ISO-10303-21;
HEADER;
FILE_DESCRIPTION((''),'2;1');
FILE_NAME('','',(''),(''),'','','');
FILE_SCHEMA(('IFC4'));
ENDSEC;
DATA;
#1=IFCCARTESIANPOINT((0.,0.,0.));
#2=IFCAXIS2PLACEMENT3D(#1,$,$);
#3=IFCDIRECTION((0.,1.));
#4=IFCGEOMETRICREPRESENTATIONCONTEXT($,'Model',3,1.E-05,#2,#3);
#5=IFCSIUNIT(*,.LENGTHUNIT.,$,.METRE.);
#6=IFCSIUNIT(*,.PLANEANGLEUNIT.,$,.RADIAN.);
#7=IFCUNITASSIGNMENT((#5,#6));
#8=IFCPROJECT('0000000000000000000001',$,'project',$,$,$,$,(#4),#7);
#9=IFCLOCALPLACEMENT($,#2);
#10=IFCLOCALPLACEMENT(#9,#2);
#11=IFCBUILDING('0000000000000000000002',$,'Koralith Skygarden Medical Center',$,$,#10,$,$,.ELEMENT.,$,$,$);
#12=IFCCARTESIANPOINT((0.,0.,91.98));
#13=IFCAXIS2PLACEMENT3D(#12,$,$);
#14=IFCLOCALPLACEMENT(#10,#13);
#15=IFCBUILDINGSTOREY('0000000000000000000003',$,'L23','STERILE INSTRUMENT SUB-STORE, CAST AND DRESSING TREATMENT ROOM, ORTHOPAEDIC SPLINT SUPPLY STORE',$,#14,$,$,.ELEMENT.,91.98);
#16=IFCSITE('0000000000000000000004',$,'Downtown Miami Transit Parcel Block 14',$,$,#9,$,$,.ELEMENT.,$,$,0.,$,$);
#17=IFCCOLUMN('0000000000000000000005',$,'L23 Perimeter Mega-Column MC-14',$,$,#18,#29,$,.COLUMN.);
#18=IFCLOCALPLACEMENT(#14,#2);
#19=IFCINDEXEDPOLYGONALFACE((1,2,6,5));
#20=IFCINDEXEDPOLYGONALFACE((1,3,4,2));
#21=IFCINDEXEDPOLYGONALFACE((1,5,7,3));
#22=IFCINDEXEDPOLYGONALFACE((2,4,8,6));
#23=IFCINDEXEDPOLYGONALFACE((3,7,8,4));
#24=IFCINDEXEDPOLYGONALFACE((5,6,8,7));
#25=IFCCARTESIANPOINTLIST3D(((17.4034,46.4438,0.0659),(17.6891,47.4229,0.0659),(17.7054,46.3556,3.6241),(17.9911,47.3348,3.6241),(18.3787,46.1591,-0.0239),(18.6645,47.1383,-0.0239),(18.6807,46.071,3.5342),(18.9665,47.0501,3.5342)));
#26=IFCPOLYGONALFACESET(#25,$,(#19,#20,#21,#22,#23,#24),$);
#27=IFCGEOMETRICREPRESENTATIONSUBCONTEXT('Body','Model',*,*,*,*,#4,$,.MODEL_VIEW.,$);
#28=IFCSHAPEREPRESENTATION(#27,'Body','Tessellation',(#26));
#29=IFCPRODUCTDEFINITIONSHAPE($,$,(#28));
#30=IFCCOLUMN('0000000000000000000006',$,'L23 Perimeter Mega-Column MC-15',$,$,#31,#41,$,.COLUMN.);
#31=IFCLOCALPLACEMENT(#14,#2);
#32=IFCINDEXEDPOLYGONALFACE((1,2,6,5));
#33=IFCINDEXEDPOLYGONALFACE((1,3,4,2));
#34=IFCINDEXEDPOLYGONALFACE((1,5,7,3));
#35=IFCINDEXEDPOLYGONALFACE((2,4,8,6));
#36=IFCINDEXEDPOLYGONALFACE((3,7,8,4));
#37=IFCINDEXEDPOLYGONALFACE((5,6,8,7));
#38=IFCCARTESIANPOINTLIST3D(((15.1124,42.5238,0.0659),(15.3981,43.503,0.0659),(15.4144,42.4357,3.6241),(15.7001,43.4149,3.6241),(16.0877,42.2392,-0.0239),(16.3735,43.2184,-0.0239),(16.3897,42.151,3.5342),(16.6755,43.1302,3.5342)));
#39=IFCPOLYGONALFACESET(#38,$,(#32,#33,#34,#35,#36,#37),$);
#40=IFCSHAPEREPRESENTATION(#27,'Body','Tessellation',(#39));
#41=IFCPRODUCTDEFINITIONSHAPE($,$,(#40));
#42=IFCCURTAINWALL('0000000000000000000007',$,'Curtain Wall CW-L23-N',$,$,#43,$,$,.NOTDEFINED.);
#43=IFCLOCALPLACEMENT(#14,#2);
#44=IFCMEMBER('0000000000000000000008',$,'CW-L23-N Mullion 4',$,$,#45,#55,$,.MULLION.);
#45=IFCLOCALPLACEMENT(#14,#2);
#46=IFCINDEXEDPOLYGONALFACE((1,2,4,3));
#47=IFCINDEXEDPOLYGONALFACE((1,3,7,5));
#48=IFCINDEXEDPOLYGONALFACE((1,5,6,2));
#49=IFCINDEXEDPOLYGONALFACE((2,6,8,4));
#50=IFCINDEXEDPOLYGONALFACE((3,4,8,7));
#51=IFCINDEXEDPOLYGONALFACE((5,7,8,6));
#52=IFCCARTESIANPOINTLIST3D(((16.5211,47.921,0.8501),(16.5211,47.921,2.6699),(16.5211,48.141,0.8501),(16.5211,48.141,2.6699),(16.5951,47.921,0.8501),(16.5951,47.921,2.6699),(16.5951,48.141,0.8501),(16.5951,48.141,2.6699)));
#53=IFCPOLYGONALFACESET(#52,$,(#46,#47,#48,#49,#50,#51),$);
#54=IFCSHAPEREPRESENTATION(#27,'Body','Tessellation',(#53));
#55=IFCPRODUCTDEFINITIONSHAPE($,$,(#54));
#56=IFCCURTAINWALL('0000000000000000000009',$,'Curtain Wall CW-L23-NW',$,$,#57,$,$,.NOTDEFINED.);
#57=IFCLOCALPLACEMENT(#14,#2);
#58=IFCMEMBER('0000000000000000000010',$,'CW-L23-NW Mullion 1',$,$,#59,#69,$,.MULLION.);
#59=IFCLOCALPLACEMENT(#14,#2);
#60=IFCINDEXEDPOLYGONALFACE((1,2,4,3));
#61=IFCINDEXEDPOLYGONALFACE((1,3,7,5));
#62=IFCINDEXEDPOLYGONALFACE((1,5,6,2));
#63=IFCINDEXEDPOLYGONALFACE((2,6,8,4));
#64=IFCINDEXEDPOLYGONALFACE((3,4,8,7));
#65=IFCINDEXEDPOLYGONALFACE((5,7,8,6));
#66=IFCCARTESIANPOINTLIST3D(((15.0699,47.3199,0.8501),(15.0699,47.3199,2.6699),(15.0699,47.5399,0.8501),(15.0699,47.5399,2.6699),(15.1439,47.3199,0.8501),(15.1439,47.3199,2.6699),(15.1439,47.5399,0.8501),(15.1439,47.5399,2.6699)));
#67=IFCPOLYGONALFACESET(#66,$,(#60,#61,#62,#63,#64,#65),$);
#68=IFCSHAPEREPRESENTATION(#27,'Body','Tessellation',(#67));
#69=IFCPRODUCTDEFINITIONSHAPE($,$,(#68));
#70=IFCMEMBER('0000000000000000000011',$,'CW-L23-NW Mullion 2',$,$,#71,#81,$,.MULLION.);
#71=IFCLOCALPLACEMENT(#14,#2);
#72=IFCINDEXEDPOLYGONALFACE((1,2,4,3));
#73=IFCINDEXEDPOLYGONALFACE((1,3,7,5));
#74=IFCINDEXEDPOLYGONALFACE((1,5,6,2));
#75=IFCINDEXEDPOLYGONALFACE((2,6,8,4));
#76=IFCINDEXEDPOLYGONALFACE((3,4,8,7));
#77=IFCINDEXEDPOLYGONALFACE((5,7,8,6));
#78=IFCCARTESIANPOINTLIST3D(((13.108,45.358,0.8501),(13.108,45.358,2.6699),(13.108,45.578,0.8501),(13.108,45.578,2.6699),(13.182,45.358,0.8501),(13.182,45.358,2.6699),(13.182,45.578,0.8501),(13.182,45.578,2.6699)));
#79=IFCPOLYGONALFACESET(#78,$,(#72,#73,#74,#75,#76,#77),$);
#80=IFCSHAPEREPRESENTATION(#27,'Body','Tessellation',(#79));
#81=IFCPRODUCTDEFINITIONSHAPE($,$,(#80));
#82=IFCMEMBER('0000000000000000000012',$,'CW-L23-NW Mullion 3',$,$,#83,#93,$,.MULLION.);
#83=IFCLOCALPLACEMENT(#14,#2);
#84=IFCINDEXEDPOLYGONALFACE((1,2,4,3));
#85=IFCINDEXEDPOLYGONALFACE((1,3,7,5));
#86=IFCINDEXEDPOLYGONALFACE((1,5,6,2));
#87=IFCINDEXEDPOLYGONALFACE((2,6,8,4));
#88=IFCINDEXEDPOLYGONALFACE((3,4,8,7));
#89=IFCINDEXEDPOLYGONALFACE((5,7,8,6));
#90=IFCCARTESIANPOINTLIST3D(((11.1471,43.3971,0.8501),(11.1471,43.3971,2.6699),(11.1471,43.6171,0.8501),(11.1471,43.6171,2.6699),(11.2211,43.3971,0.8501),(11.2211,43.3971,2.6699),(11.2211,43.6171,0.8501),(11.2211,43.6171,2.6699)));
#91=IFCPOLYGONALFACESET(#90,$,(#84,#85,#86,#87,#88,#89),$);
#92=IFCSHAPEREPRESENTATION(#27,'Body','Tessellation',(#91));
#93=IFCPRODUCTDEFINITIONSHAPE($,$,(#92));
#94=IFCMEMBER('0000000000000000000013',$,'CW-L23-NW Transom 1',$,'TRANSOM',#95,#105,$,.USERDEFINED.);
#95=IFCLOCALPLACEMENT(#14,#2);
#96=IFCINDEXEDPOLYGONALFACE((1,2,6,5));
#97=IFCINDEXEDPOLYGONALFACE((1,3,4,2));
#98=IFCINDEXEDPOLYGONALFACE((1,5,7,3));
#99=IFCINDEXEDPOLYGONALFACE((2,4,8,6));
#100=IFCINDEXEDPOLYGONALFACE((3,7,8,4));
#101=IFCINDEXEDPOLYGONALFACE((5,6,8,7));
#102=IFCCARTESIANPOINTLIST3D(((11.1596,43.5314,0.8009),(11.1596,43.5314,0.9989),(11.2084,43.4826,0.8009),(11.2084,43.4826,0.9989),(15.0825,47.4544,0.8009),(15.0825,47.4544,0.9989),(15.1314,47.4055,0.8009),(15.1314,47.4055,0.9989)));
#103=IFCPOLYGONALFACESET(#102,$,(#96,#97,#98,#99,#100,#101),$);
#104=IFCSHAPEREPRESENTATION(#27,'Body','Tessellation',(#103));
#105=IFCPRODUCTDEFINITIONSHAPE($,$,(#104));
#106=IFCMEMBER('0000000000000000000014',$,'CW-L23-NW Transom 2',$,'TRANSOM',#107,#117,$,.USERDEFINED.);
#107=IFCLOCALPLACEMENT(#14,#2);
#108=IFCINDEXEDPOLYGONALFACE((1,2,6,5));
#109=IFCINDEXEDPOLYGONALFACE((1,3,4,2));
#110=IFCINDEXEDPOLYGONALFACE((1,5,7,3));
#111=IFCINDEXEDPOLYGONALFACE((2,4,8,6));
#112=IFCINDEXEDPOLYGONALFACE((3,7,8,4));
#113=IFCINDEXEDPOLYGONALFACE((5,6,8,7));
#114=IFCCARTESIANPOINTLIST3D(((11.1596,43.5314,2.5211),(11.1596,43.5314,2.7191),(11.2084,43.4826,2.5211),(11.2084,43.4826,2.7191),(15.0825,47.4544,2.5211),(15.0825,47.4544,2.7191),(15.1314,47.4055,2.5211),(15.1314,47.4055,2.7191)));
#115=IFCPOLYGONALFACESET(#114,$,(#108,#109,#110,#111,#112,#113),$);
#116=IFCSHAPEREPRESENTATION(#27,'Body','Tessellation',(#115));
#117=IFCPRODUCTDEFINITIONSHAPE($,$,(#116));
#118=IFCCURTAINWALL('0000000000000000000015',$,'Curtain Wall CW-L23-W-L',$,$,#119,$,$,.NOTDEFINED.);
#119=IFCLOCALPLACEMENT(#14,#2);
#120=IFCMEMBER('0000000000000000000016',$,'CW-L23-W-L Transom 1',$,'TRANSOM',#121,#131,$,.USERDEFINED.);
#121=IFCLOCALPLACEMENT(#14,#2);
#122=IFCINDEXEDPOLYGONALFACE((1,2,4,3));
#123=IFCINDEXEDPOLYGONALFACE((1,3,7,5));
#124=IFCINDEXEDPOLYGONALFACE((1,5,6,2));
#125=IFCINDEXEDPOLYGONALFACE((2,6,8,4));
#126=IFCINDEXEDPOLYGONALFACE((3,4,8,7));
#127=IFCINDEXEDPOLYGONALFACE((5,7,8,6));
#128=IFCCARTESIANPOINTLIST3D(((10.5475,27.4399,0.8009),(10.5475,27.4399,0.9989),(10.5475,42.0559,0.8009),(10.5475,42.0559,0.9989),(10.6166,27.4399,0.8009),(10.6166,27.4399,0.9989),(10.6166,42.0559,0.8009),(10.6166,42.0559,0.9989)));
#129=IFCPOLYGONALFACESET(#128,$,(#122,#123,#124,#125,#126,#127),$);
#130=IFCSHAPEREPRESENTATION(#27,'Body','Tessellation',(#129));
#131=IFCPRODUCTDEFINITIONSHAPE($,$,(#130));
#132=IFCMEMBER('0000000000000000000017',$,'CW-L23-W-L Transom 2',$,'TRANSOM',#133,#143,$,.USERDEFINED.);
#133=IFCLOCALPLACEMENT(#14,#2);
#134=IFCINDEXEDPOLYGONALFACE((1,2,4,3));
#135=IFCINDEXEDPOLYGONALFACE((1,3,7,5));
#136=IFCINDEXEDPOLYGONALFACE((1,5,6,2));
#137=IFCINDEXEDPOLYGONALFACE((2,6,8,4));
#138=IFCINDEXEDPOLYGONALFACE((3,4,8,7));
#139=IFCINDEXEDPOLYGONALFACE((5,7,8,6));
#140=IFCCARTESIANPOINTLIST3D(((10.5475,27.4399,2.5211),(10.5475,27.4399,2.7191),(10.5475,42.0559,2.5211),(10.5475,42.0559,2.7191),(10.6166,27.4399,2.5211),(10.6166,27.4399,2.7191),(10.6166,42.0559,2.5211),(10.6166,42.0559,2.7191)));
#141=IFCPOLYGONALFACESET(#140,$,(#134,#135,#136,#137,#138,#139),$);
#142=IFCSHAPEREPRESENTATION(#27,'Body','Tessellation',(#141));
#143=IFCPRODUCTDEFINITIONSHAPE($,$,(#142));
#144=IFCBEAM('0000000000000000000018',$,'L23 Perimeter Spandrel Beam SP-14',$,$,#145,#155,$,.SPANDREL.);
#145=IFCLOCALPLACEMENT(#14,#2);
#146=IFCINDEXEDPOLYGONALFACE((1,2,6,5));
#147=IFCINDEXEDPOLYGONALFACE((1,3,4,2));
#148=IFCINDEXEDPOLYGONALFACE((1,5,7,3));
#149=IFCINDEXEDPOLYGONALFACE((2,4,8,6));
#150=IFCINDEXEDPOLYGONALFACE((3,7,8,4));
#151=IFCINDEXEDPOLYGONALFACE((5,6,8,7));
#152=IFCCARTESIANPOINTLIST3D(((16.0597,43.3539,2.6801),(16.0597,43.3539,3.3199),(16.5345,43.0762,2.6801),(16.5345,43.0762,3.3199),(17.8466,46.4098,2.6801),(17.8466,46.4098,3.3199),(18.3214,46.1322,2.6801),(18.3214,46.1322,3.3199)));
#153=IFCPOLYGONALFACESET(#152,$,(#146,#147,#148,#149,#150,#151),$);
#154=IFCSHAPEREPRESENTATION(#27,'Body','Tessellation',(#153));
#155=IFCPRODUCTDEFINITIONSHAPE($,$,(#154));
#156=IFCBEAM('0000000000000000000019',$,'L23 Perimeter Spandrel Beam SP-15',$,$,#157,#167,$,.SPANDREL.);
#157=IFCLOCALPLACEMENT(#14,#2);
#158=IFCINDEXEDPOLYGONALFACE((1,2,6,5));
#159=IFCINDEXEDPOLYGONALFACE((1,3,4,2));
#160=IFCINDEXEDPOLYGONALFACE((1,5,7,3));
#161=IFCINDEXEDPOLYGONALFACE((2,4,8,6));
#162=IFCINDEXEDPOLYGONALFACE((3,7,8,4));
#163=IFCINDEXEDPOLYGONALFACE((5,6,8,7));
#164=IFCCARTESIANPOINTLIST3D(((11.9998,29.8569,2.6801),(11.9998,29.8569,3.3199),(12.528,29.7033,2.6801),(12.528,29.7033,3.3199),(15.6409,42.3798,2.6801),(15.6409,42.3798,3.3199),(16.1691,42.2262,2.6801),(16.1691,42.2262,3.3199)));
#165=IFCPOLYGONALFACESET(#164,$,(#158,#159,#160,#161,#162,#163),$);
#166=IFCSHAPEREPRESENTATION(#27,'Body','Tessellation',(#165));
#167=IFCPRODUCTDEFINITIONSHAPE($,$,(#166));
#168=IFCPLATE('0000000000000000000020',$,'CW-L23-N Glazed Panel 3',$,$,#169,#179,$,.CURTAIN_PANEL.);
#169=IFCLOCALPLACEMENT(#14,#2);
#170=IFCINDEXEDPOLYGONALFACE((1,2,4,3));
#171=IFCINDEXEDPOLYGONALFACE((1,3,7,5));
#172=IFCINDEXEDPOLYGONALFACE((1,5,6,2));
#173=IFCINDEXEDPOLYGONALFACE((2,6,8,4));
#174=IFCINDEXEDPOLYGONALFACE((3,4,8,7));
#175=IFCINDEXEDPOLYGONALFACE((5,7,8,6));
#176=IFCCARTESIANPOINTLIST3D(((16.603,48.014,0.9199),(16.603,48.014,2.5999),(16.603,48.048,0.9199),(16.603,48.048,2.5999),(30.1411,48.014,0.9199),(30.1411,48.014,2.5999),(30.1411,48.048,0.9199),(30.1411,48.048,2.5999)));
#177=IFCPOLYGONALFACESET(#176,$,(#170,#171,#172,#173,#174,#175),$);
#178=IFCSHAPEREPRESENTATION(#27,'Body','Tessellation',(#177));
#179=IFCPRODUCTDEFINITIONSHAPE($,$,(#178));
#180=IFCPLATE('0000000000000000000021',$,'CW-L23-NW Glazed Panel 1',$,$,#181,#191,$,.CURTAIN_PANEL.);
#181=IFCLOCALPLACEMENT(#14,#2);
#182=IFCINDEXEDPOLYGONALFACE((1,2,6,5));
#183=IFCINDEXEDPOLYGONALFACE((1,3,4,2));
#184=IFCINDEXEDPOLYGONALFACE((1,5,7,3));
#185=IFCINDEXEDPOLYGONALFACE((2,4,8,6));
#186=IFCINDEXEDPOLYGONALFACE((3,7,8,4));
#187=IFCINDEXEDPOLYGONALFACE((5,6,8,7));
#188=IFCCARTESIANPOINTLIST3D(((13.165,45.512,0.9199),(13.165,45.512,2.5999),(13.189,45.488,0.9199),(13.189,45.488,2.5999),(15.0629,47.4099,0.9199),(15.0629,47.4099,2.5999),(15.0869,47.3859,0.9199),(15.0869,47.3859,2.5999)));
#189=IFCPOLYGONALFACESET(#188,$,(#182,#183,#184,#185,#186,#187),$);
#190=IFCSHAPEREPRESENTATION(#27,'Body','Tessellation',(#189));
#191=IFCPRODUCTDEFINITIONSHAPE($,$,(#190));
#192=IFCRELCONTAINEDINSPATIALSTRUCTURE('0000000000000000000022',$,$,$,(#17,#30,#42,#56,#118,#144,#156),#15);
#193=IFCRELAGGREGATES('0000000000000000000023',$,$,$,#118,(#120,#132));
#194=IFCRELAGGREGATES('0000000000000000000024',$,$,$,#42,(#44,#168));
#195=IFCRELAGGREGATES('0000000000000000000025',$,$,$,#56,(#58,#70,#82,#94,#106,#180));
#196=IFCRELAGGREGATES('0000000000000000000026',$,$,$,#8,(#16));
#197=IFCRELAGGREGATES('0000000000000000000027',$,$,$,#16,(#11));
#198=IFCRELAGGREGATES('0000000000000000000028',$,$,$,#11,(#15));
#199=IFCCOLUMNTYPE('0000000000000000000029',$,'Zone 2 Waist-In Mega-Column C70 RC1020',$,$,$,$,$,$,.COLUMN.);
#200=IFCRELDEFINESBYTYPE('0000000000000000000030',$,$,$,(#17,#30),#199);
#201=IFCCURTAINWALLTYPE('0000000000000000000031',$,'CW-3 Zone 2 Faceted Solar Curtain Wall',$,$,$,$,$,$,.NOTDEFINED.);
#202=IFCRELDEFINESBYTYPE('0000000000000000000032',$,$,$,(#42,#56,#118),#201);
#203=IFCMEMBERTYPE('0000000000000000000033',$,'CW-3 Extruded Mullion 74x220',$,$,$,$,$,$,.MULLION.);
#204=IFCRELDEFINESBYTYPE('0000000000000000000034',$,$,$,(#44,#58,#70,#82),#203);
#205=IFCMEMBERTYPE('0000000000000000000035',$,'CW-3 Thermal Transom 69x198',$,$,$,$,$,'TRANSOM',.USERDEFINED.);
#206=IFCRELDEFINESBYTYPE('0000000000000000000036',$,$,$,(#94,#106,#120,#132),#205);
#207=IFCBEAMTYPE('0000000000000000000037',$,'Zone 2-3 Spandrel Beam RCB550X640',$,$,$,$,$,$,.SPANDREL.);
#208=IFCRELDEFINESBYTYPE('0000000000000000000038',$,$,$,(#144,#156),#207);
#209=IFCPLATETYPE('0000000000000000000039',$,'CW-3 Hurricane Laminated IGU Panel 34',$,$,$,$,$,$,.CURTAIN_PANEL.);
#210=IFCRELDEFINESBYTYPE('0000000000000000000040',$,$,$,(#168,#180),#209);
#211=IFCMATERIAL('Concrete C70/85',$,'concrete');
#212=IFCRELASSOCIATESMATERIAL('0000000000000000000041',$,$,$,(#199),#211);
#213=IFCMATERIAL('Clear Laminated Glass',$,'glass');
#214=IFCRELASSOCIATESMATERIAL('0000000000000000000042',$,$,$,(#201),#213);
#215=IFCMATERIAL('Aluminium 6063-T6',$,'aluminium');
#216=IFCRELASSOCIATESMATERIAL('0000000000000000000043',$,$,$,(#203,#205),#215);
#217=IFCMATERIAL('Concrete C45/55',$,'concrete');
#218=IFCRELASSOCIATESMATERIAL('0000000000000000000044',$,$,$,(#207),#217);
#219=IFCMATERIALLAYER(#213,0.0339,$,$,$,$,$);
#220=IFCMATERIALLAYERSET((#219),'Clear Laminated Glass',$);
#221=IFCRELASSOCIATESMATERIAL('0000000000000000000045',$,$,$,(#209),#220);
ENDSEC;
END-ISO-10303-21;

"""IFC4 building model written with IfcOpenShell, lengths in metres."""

from ifc_helpers import new_model, si_unit, direction, frame, origin, origin_2d, place, context, subcontext, project, spatial, rectangle, extrude, material, layer, layer_set, material_profile, profile_set, type_object, element, aggregate, save


model = new_model("IFC4")

# Units and contexts
model_context = context("Model", 3, precision=1e-05, world=origin(), true_north=direction((0.0, 1.0)))
body_context = subcontext(model_context, "Body", "Model", "MODEL_VIEW")
ifc_project = project(units=[si_unit("LENGTHUNIT", "METRE"), si_unit("PLANEANGLEUNIT", "RADIAN")], contexts=[model_context])

# Site, building, storey
site_placement = place(None, origin())
site = spatial("IfcSite", under=ifc_project, at=site_placement, Name="Downtown Miami Transit Parcel Block 14", CompositionType="ELEMENT", RefElevation=0.0)
building_placement = place(site_placement, origin())
building = spatial("IfcBuilding", under=site, at=building_placement, Name="Koralith Skygarden Medical Center", CompositionType="ELEMENT")
storey_placement = place(building_placement, frame((0.0, 0.0, 91.98)))
storey = spatial("IfcBuildingStorey", under=building, at=storey_placement, Name="L23", Description="STERILE INSTRUMENT SUB-STORE, CAST AND DRESSING TREATMENT ROOM, ORTHOPAEDIC SPLINT SUPPLY STORE", CompositionType="ELEMENT", Elevation=91.98)

# Columns
ifc_material_1 = material(Name="Concrete C70/85", Category="concrete")
ifc_material_profile_1 = material_profile(ifc_material_1, rectangle(XDim=1.02, YDim=1.02, at=origin_2d()), Name="RC1020X1020")
ifc_profile_set_1 = profile_set([ifc_material_profile_1], Name="Concrete C70/85")
column_type = type_object("IfcColumnType", Name="Zone 2 Waist-In Mega-Column C70 RC1020", PredefinedType="COLUMN", material=ifc_profile_set_1)
for number, where, z_axis, x_axis, name in (
    (1, (18.0339, 46.791, 0.021), (0.084547, -0.024674, 0.996114), (0.280149, 0.959957, 0.0), "L23 Perimeter Mega-Column MC-14"),
    (2, (15.7429, 42.8711, 0.021), (0.084547, -0.024674, 0.996114), (0.280149, 0.959957, 0.0), "L23 Perimeter Mega-Column MC-15"),
):
    element("IfcColumn", number, at=place(storey_placement, frame(where, z_axis=z_axis, x_axis=x_axis)), inside=storey, type_object=column_type, Name=name, PredefinedType="COLUMN", context=body_context, shape_type="SweptSolid", body=[
        extrude(rectangle(XDim=1.02, YDim=1.02, at=origin_2d()), origin(), (0.0, 0.0, 1.0), 3.572),
    ])

# Curtain wall, member
ifc_material_2 = material(Name="Clear Laminated Glass", Category="glass")
curtain_wall_type = type_object("IfcCurtainWallType", Name="CW-3 Zone 2 Faceted Solar Curtain Wall", PredefinedType="NOTDEFINED", material=ifc_material_2)
curtain_wall_1_placement = place(storey_placement, origin())
curtain_wall_1 = element("IfcCurtainWall", 3, at=curtain_wall_1_placement, inside=storey, type_object=curtain_wall_type, Name="Curtain Wall CW-L23-N", PredefinedType="NOTDEFINED")
ifc_material_3 = material(Name="Aluminium 6063-T6", Category="aluminium")
ifc_material_profile_2 = material_profile(ifc_material_3, rectangle(XDim=0.074, YDim=0.22, at=origin_2d()), Name="MUL74X220")
ifc_profile_set_2 = profile_set([ifc_material_profile_2], Name="Aluminium 6063-T6")
member_type_1 = type_object("IfcMemberType", Name="CW-3 Extruded Mullion 74x220", PredefinedType="MULLION", material=ifc_profile_set_2)
member_1_placement = place(storey_placement, frame((16.5581, 48.031, 0.8501), z_axis=(0.0, 0.0, 1.0), x_axis=(1.0, 0.0, 0.0)))
member_1 = element("IfcMember", 4, at=member_1_placement, type_object=member_type_1, Name="CW-L23-N Mullion 4", PredefinedType="MULLION", context=body_context, shape_type="SweptSolid", body=[
    extrude(rectangle(XDim=0.074, YDim=0.22, at=origin_2d()), origin(), (0.0, 0.0, 1.0), 1.8198),
])

# Curtain walls, members
curtain_wall_2_placement = place(storey_placement, origin())
curtain_wall_2 = element("IfcCurtainWall", 5, at=curtain_wall_2_placement, inside=storey, type_object=curtain_wall_type, Name="Curtain Wall CW-L23-NW", PredefinedType="NOTDEFINED")
member_2_placement = place(storey_placement, frame((15.1069, 47.4299, 0.8501), z_axis=(0.0, 0.0, 1.0), x_axis=(1.0, 0.0, 0.0)))
member_2 = element("IfcMember", 6, at=member_2_placement, type_object=member_type_1, Name="CW-L23-NW Mullion 1", PredefinedType="MULLION", context=body_context, shape_type="SweptSolid", body=[
    extrude(rectangle(XDim=0.074, YDim=0.22, at=origin_2d()), origin(), (0.0, 0.0, 1.0), 1.8198),
])
member_3_placement = place(storey_placement, frame((13.145, 45.468, 0.8501), z_axis=(0.0, 0.0, 1.0), x_axis=(1.0, 0.0, 0.0)))
member_3 = element("IfcMember", 7, at=member_3_placement, type_object=member_type_1, Name="CW-L23-NW Mullion 2", PredefinedType="MULLION", context=body_context, shape_type="SweptSolid", body=[
    extrude(rectangle(XDim=0.074, YDim=0.22, at=origin_2d()), origin(), (0.0, 0.0, 1.0), 1.8198),
])
member_4_placement = place(storey_placement, frame((11.1841, 43.5071, 0.8501), z_axis=(0.0, 0.0, 1.0), x_axis=(1.0, 0.0, 0.0)))
member_4 = element("IfcMember", 8, at=member_4_placement, type_object=member_type_1, Name="CW-L23-NW Mullion 3", PredefinedType="MULLION", context=body_context, shape_type="SweptSolid", body=[
    extrude(rectangle(XDim=0.074, YDim=0.22, at=origin_2d()), origin(), (0.0, 0.0, 1.0), 1.8198),
])
ifc_material_profile_3 = material_profile(ifc_material_3, rectangle(XDim=0.0691, YDim=0.198, at=origin_2d()), Name="TRN69X198")
ifc_profile_set_3 = profile_set([ifc_material_profile_3], Name="Aluminium 6063-T6")
member_type_2 = type_object("IfcMemberType", Name="CW-3 Thermal Transom 69x198", ElementType="TRANSOM", PredefinedType="USERDEFINED", material=ifc_profile_set_3)
member_5_placement = place(storey_placement, frame((15.1069, 47.4299, 0.8999), z_axis=(-0.707107, -0.707107, 0.0), x_axis=(0.707107, -0.707107, 0.0)))
member_5 = element("IfcMember", 9, at=member_5_placement, type_object=member_type_2, Name="CW-L23-NW Transom 1", ObjectType="TRANSOM", PredefinedType="USERDEFINED", context=body_context, shape_type="SweptSolid", body=[
    extrude(rectangle(XDim=0.0691, YDim=0.198, at=origin_2d()), origin(), (0.0, 0.0, 1.0), 5.5479),
])
member_6_placement = place(storey_placement, frame((15.1069, 47.4299, 2.6201), z_axis=(-0.707107, -0.707107, 0.0), x_axis=(0.707107, -0.707107, 0.0)))
member_6 = element("IfcMember", 10, at=member_6_placement, type_object=member_type_2, Name="CW-L23-NW Transom 2", ObjectType="TRANSOM", PredefinedType="USERDEFINED", context=body_context, shape_type="SweptSolid", body=[
    extrude(rectangle(XDim=0.0691, YDim=0.198, at=origin_2d()), origin(), (0.0, 0.0, 1.0), 5.5479),
])
curtain_wall_3_placement = place(storey_placement, origin())
curtain_wall_3 = element("IfcCurtainWall", 11, at=curtain_wall_3_placement, inside=storey, type_object=curtain_wall_type, Name="Curtain Wall CW-L23-W-L", PredefinedType="NOTDEFINED")
member_7_placement = place(storey_placement, frame((10.582, 42.0559, 0.8999), z_axis=(0.0, -1.0, 0.0), x_axis=(1.0, 0.0, 0.0)))
member_7 = element("IfcMember", 12, at=member_7_placement, type_object=member_type_2, Name="CW-L23-W-L Transom 1", ObjectType="TRANSOM", PredefinedType="USERDEFINED", context=body_context, shape_type="SweptSolid", body=[
    extrude(rectangle(XDim=0.0691, YDim=0.198, at=origin_2d()), origin(), (0.0, 0.0, 1.0), 14.616),
])
member_8_placement = place(storey_placement, frame((10.582, 42.0559, 2.6201), z_axis=(0.0, -1.0, 0.0), x_axis=(1.0, 0.0, 0.0)))
member_8 = element("IfcMember", 13, at=member_8_placement, type_object=member_type_2, Name="CW-L23-W-L Transom 2", ObjectType="TRANSOM", PredefinedType="USERDEFINED", context=body_context, shape_type="SweptSolid", body=[
    extrude(rectangle(XDim=0.0691, YDim=0.198, at=origin_2d()), origin(), (0.0, 0.0, 1.0), 14.616),
])
aggregate(curtain_wall_3, [member_7, member_8])

# Beams
ifc_material_4 = material(Name="Concrete C45/55", Category="concrete")
ifc_material_profile_4 = material_profile(ifc_material_4, rectangle(XDim=0.55, YDim=0.6399, at=origin_2d()), Name="RCB550X640")
ifc_profile_set_4 = profile_set([ifc_material_profile_4], Name="Concrete C45/55")
beam_type = type_object("IfcBeamType", Name="Zone 2-3 Spandrel Beam RCB550X640", PredefinedType="SPANDREL", material=ifc_profile_set_4)
beam_1_placement = place(storey_placement, frame((18.084, 46.271, 3.0), z_axis=(-0.504767, -0.863256, 0.0), x_axis=(0.863256, -0.504767, 0.0)))
element("IfcBeam", 14, at=beam_1_placement, inside=storey, type_object=beam_type, Name="L23 Perimeter Spandrel Beam SP-14", PredefinedType="SPANDREL", context=body_context, shape_type="SweptSolid", body=[
    extrude(rectangle(XDim=0.55, YDim=0.6399, at=origin_2d()), origin(), (0.0, 0.0, 1.0), 3.54),
])
beam_2_placement = place(storey_placement, frame((15.905, 42.303, 3.0), z_axis=(-0.279193, -0.960235, 0.0), x_axis=(0.960235, -0.279193, 0.0)))
element("IfcBeam", 15, at=beam_2_placement, inside=storey, type_object=beam_type, Name="L23 Perimeter Spandrel Beam SP-15", PredefinedType="SPANDREL", context=body_context, shape_type="SweptSolid", body=[
    extrude(rectangle(XDim=0.55, YDim=0.6399, at=origin_2d()), origin(), (0.0, 0.0, 1.0), 13.0415),
])

# Plates
ifc_layer_1 = layer(ifc_material_2, 0.0339)
ifc_layer_set_1 = layer_set([ifc_layer_1], Name="Clear Laminated Glass")
plate_type_1 = type_object("IfcPlateType", Name="CW-3 Hurricane Laminated IGU Panel 34", PredefinedType="CURTAIN_PANEL", material=ifc_layer_set_1)
plate_1_placement = place(storey_placement, frame((23.3721, 48.031, 0.9199), z_axis=(0.0, 0.0, 1.0), x_axis=(-1.0, 0.0, 0.0)))
plate_1 = element("IfcPlate", 16, at=plate_1_placement, type_object=plate_type_1, Name="CW-L23-N Glazed Panel 3", PredefinedType="CURTAIN_PANEL", context=body_context, shape_type="SweptSolid", body=[
    extrude(rectangle(XDim=13.5381, YDim=0.0339, at=origin_2d()), origin(), (0.0, 0.0, 1.0), 1.6799),
])
aggregate(curtain_wall_1, [member_1, plate_1])
plate_2_placement = place(storey_placement, frame((14.126, 46.449, 0.9199), z_axis=(0.0, 0.0, 1.0), x_axis=(-0.707107, -0.707107, 0.0)))
plate_2 = element("IfcPlate", 17, at=plate_2_placement, type_object=plate_type_1, Name="CW-L23-NW Glazed Panel 1", PredefinedType="CURTAIN_PANEL", context=body_context, shape_type="SweptSolid", body=[
    extrude(rectangle(XDim=2.6841, YDim=0.0339, at=origin_2d()), origin(), (0.0, 0.0, 1.0), 1.6799),
])
aggregate(curtain_wall_2, [member_2, member_3, member_4, member_5, member_6, plate_2])

save(model, "model.ifc")
